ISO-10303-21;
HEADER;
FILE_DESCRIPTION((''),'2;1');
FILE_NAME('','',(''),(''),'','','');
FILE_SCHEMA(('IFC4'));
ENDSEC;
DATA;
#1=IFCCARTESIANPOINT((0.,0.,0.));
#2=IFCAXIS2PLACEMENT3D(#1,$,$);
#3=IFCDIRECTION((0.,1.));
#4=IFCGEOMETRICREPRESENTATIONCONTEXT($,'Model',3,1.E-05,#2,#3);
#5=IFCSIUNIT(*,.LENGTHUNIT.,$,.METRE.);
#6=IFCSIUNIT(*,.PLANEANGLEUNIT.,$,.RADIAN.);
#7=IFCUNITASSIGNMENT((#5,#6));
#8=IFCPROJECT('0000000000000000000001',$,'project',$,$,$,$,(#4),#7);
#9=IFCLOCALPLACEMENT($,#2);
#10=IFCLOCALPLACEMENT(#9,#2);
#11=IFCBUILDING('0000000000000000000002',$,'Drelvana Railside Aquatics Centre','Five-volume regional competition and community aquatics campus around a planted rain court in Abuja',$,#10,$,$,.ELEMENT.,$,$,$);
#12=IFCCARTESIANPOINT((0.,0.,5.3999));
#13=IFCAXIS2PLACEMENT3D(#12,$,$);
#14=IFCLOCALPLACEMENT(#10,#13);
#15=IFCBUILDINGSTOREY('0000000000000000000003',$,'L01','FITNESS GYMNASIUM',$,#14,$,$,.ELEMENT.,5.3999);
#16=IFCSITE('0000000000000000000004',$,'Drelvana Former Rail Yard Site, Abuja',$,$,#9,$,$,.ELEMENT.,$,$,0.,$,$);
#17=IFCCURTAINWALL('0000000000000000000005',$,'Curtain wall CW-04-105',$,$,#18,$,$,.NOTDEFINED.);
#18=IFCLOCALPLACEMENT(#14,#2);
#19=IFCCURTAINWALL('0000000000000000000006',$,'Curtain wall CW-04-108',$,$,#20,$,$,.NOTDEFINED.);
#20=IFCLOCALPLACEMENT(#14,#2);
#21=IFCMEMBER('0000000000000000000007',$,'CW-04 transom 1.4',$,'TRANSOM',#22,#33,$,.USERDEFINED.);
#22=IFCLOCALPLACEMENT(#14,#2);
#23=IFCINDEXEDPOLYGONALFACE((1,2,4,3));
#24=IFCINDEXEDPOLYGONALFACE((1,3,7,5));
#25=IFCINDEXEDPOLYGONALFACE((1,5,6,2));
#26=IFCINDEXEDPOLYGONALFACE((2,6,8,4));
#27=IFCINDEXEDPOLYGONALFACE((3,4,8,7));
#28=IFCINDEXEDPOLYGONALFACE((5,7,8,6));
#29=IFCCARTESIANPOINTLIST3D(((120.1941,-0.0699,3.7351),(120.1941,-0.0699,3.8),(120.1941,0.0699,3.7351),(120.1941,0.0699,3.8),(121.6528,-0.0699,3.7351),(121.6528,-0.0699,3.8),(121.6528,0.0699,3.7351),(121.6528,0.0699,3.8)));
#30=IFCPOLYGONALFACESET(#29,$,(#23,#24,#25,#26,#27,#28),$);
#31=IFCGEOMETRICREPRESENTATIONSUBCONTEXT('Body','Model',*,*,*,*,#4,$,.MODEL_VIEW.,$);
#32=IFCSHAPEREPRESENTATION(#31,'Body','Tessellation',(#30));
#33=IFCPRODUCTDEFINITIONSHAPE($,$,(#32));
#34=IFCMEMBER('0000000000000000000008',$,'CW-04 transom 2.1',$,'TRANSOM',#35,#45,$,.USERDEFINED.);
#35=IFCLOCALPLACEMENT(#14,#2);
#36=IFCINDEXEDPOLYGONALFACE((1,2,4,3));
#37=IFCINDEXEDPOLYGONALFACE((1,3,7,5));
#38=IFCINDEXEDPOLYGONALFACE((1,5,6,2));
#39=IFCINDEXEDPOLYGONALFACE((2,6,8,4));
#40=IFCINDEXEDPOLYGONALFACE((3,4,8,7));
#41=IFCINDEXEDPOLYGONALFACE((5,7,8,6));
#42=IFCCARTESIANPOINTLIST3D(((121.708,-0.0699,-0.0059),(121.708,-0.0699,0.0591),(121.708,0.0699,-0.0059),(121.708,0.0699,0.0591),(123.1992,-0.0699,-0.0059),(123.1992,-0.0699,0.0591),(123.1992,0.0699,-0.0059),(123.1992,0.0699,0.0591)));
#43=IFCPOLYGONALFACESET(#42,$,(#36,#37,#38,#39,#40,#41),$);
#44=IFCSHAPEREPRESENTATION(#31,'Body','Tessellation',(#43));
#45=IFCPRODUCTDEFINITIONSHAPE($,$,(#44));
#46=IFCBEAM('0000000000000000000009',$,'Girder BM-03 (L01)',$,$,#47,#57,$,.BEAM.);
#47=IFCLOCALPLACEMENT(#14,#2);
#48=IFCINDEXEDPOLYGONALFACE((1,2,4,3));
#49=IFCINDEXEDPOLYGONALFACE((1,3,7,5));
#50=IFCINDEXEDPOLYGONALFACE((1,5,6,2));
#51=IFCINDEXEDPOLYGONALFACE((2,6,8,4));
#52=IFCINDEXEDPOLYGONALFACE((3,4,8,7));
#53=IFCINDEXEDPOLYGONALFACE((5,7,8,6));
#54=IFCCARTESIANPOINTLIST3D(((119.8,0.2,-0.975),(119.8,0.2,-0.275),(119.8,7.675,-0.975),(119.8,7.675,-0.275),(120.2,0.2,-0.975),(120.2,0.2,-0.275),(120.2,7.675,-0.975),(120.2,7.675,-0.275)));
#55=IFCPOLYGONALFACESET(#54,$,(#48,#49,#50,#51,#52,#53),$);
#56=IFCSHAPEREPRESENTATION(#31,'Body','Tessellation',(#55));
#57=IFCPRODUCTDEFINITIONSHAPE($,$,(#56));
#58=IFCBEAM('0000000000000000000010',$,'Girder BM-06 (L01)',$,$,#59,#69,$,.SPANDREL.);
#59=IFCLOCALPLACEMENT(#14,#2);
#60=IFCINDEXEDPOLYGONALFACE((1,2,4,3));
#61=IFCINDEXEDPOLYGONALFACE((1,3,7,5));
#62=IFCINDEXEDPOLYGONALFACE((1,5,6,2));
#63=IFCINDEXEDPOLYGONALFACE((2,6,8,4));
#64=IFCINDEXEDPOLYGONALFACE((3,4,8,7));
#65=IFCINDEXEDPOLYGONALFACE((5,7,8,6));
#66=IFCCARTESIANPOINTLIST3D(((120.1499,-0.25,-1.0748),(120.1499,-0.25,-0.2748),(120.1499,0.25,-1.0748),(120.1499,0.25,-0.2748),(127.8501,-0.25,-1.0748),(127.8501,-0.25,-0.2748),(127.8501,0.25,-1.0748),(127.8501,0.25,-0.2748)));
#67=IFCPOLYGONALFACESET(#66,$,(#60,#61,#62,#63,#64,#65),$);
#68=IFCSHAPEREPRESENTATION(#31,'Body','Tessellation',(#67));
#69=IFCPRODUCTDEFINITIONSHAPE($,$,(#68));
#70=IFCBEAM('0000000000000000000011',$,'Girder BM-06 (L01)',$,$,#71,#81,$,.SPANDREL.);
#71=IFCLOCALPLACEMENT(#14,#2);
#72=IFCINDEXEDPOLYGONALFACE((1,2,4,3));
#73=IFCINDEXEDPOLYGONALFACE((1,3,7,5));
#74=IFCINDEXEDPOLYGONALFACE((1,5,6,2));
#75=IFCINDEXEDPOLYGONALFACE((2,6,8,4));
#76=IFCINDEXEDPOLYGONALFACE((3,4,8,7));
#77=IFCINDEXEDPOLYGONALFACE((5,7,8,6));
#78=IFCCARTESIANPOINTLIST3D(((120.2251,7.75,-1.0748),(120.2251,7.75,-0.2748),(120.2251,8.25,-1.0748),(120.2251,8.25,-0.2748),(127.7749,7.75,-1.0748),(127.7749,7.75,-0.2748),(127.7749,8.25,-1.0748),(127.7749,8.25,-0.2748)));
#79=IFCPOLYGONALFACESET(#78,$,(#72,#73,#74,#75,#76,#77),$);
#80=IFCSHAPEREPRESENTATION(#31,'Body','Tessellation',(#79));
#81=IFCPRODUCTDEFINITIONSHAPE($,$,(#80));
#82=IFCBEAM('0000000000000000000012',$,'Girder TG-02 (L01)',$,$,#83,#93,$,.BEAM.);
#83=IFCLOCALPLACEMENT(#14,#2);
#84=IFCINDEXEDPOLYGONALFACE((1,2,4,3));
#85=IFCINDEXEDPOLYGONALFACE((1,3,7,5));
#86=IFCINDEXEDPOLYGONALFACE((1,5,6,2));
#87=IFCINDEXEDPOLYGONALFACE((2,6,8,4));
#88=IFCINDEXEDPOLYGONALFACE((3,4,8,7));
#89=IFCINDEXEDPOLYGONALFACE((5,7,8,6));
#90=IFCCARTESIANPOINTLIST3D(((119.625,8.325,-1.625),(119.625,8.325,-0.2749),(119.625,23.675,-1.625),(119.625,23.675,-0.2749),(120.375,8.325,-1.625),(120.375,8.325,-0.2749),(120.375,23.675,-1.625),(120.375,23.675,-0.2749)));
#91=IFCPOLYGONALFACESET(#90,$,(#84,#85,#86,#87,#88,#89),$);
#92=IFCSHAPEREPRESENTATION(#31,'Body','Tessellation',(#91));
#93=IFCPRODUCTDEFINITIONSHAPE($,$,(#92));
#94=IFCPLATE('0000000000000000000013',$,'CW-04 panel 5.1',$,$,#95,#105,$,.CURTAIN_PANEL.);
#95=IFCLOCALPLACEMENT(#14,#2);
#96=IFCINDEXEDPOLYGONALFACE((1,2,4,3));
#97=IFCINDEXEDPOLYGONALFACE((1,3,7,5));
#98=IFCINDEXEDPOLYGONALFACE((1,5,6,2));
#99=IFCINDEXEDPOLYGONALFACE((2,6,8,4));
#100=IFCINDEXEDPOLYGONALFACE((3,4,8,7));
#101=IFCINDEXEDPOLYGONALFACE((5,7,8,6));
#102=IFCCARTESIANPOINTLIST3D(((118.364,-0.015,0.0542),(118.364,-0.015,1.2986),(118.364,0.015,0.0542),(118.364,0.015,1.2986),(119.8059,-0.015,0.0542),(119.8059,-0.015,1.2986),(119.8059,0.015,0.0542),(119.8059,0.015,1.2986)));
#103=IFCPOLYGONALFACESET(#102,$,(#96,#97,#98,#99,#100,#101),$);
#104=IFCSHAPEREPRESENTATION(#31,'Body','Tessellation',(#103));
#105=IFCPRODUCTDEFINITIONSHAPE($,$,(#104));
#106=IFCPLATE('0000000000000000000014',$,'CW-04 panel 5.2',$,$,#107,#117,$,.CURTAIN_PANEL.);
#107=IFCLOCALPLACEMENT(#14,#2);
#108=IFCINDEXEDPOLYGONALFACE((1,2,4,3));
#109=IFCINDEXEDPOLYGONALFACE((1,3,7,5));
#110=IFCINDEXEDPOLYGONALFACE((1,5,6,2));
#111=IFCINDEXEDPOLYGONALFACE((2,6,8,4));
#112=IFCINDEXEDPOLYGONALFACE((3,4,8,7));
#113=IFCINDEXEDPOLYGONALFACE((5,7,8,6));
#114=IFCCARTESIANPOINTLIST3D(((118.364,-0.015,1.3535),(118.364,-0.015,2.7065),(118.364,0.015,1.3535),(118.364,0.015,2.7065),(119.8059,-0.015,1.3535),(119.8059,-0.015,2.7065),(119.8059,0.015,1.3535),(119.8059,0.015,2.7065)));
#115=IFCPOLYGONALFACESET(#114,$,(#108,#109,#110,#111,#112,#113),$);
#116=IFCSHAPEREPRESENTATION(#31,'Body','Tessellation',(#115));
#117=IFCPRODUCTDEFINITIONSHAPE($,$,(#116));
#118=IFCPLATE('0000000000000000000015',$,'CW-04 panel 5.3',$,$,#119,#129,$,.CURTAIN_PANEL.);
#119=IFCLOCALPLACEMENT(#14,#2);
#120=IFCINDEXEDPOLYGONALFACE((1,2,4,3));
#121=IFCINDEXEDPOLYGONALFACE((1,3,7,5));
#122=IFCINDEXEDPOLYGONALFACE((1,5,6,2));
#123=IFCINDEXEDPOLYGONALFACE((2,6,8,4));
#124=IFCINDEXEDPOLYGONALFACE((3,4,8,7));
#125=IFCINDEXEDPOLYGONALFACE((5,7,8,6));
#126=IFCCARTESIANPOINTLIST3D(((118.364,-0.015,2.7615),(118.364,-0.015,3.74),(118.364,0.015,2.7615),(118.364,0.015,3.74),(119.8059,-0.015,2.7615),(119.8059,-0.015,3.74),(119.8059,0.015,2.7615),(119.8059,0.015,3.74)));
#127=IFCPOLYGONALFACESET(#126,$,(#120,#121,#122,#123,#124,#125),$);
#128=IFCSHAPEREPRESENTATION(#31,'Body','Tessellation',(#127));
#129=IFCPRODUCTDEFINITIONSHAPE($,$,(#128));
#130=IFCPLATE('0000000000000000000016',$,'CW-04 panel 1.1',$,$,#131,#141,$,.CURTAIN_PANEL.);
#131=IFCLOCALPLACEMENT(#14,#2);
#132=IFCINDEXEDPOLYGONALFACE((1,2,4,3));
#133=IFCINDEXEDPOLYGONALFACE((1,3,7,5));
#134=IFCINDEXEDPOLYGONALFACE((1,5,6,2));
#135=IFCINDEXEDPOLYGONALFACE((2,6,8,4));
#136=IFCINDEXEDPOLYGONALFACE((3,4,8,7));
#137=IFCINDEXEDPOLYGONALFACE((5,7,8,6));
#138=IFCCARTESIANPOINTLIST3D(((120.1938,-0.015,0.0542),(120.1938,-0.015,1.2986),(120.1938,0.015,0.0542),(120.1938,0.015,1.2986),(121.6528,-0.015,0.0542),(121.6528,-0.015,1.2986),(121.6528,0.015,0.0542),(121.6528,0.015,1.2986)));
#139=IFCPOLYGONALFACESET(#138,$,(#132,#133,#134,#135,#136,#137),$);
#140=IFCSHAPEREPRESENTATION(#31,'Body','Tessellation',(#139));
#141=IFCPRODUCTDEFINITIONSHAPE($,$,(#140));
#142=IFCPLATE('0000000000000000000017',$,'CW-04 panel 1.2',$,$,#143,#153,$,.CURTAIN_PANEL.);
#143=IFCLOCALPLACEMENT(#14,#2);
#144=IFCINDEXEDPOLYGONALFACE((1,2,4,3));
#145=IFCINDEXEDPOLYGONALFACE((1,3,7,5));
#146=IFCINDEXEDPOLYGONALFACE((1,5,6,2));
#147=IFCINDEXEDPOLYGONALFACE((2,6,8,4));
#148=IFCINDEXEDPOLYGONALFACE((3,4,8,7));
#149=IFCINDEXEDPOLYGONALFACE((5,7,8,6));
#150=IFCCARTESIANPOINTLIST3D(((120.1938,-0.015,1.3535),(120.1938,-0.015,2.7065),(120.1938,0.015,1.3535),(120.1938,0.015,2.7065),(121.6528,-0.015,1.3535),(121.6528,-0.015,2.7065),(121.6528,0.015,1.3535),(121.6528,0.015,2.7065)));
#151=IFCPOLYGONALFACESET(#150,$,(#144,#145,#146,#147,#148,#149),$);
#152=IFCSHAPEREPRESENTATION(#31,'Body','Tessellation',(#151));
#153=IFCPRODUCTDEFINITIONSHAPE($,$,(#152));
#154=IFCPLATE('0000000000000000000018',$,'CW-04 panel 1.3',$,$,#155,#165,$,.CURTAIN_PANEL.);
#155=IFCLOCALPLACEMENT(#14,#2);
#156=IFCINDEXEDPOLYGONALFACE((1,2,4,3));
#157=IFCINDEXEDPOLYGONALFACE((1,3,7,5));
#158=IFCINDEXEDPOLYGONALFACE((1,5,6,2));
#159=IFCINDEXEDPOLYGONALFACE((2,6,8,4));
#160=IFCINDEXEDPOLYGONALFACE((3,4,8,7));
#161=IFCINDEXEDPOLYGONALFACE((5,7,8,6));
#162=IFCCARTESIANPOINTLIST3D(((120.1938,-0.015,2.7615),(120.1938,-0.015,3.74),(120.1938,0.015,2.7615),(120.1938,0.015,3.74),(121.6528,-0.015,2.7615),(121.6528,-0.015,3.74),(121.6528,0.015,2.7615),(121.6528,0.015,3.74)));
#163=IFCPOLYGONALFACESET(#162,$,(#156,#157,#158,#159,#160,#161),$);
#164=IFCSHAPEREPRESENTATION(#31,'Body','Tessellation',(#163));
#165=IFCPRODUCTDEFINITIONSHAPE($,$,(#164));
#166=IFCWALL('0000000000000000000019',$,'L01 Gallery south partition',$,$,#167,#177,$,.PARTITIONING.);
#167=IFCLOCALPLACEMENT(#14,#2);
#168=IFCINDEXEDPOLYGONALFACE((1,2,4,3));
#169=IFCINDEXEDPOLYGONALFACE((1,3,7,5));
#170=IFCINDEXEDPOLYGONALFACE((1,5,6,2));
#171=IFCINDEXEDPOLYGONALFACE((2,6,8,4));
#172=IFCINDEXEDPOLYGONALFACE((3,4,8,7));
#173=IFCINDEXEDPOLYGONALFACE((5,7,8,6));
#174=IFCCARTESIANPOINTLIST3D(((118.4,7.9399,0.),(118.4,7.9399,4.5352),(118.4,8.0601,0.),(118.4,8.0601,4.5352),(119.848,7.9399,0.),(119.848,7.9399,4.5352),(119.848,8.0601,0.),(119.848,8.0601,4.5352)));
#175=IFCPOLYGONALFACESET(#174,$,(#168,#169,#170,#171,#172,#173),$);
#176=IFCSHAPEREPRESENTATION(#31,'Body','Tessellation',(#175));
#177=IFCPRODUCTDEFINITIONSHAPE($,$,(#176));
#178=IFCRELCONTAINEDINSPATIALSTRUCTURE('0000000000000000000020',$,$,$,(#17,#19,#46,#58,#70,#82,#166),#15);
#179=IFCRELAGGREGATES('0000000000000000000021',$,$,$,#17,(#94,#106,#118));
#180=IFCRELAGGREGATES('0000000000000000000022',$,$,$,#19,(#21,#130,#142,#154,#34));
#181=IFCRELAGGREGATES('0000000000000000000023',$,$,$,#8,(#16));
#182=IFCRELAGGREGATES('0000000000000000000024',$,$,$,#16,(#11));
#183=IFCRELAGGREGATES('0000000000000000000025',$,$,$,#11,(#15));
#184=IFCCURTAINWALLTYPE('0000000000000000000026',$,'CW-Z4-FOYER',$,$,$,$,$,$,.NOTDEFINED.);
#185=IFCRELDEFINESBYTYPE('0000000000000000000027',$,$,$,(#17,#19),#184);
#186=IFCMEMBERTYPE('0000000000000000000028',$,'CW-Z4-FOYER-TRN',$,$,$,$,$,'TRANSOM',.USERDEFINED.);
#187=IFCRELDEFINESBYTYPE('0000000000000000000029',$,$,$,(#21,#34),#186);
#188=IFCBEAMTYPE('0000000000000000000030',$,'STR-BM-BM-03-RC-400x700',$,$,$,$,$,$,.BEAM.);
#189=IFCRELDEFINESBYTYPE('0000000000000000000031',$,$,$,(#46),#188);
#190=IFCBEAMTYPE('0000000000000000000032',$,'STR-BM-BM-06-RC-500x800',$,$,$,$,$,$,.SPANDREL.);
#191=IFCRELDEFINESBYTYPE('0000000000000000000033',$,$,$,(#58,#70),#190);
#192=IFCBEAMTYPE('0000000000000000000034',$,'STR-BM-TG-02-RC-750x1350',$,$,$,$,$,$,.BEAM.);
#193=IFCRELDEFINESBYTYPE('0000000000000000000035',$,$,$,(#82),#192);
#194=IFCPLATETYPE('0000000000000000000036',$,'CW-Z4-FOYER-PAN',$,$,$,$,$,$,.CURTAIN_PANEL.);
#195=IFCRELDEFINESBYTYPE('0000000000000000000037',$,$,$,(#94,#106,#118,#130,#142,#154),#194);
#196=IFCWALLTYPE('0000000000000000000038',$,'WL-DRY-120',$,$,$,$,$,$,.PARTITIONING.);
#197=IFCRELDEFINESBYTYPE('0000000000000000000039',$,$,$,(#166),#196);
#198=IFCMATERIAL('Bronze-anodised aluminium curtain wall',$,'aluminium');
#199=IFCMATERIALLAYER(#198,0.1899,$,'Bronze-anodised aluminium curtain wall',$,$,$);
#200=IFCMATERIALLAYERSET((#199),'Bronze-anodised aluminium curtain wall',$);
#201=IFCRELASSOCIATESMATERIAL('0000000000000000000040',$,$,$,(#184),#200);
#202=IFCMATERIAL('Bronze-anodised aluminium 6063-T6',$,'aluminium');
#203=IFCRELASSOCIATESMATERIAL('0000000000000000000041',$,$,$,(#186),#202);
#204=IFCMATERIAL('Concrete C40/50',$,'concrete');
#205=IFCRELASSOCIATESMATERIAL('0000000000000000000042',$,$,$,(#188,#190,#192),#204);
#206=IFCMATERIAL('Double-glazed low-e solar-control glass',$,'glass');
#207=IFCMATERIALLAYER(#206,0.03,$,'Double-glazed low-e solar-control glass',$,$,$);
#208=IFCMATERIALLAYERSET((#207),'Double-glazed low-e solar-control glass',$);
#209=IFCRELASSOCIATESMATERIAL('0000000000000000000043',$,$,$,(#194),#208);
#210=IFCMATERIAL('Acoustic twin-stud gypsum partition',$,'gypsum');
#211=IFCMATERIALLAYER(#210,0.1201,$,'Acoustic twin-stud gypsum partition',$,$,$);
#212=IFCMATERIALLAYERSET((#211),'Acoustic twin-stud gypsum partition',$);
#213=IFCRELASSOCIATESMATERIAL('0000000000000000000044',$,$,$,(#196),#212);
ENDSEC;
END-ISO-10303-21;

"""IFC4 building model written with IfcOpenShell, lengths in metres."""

from ifc_helpers import new_model, si_unit, direction, frame, frame_2d, origin, origin_2d, place, context, subcontext, project, spatial, rectangle, extrude, material, layer, layer_set, material_profile, profile_set, type_object, element, aggregate, save


model = new_model("IFC4")

# Units and contexts
model_context = context("Model", 3, precision=1e-05, world=origin(), true_north=direction((0.0, 1.0)))
body_context = subcontext(model_context, "Body", "Model", "MODEL_VIEW")
ifc_project = project(units=[si_unit("LENGTHUNIT", "METRE"), si_unit("PLANEANGLEUNIT", "RADIAN")], contexts=[model_context])

# Site, building, storey
site_placement = place(None, origin())
site = spatial("IfcSite", under=ifc_project, at=site_placement, Name="Drelvana Former Rail Yard Site, Abuja", CompositionType="ELEMENT", RefElevation=0.0)
building_placement = place(site_placement, origin())
building = spatial("IfcBuilding", under=site, at=building_placement, Name="Drelvana Railside Aquatics Centre", Description="Five-volume regional competition and community aquatics campus around a planted rain court in Abuja", CompositionType="ELEMENT")
storey_placement = place(building_placement, frame((0.0, 0.0, 5.3999)))
storey = spatial("IfcBuildingStorey", under=building, at=storey_placement, Name="L01", Description="FITNESS GYMNASIUM", CompositionType="ELEMENT", Elevation=5.3999)

# Curtain walls
ifc_material_1 = material(Name="Bronze-anodised aluminium curtain wall", Category="aluminium")
ifc_layer_1 = layer(ifc_material_1, 0.1899, Name="Bronze-anodised aluminium curtain wall")
ifc_layer_set_1 = layer_set([ifc_layer_1], Name="Bronze-anodised aluminium curtain wall")
curtain_wall_type = type_object("IfcCurtainWallType", Name="CW-Z4-FOYER", PredefinedType="NOTDEFINED", material=ifc_layer_set_1)
curtain_wall_1_placement = place(storey_placement, origin())
curtain_wall_1 = element("IfcCurtainWall", 1, at=curtain_wall_1_placement, inside=storey, type_object=curtain_wall_type, Name="Curtain wall CW-04-105", PredefinedType="NOTDEFINED")
ifc_material_2 = material(Name="Bronze-anodised aluminium 6063-T6", Category="aluminium")
curtain_wall_2_placement = place(storey_placement, origin())
curtain_wall_2 = element("IfcCurtainWall", 2, at=curtain_wall_2_placement, inside=storey, type_object=curtain_wall_type, Name="Curtain wall CW-04-108", PredefinedType="NOTDEFINED")

# Members
ifc_material_profile_1 = material_profile(ifc_material_2, rectangle(XDim=0.1399, YDim=0.0649, at=origin_2d()), Name="ALU-T 65x140")
ifc_profile_set_1 = profile_set([ifc_material_profile_1], Name="Bronze-anodised aluminium 6063-T6")
member_type_1 = type_object("IfcMemberType", Name="CW-Z4-FOYER-TRN", ElementType="TRANSOM", PredefinedType="USERDEFINED", material=ifc_profile_set_1)
member_1_placement = place(storey_placement, frame((120.1941, 0.0, 3.7676), z_axis=(1.0, 0.0, 0.0), x_axis=(0.0, 1.0, 0.0)))
member_1 = element("IfcMember", 3, at=member_1_placement, type_object=member_type_1, Name="CW-04 transom 1.4", ObjectType="TRANSOM", PredefinedType="USERDEFINED", context=body_context, shape_type="SweptSolid", body=[
    extrude(rectangle(XDim=0.1399, YDim=0.0649, at=origin_2d()), origin(), (0.0, 0.0, 1.0), 1.4587),
])
member_2_placement = place(storey_placement, frame((121.708, 0.0, 0.0266), z_axis=(1.0, 0.0, 0.0), x_axis=(0.0, 1.0, 0.0)))
member_2 = element("IfcMember", 4, at=member_2_placement, type_object=member_type_1, Name="CW-04 transom 2.1", ObjectType="TRANSOM", PredefinedType="USERDEFINED", context=body_context, shape_type="SweptSolid", body=[
    extrude(rectangle(XDim=0.1399, YDim=0.0649, at=origin_2d()), origin(), (0.0, 0.0, 1.0), 1.4912),
])

# Beams
ifc_material_3 = material(Name="Concrete C40/50", Category="concrete")
ifc_material_profile_2 = material_profile(ifc_material_3, rectangle(XDim=0.3999, YDim=0.7, at=origin_2d()), Name="RC 400x700")
ifc_profile_set_2 = profile_set([ifc_material_profile_2], Name="Concrete C40/50")
beam_type_1 = type_object("IfcBeamType", Name="STR-BM-BM-03-RC-400x700", PredefinedType="BEAM", material=ifc_profile_set_2)
beam_1_placement = place(storey_placement, frame((120.0, 0.2, -0.625), z_axis=(0.0, 1.0, 0.0), x_axis=(-1.0, 0.0, 0.0)))
element("IfcBeam", 5, at=beam_1_placement, inside=storey, type_object=beam_type_1, Name="Girder BM-03 (L01)", PredefinedType="BEAM", context=body_context, shape_type="SweptSolid", body=[
    extrude(rectangle(XDim=0.3999, YDim=0.7, at=origin_2d()), origin(), (0.0, 0.0, 1.0), 7.4751),
])
ifc_material_profile_3 = material_profile(ifc_material_3, rectangle(XDim=0.5, YDim=0.8, at=origin_2d()), Name="RC 500x800")
ifc_profile_set_3 = profile_set([ifc_material_profile_3], Name="Concrete C40/50")
beam_type_2 = type_object("IfcBeamType", Name="STR-BM-BM-06-RC-500x800", PredefinedType="SPANDREL", material=ifc_profile_set_3)
beam_2_placement = place(storey_placement, frame((120.1499, 0.0, -0.6748), z_axis=(1.0, 0.0, 0.0), x_axis=(0.0, 1.0, 0.0)))
element("IfcBeam", 6, at=beam_2_placement, inside=storey, type_object=beam_type_2, Name="Girder BM-06 (L01)", PredefinedType="SPANDREL", context=body_context, shape_type="SweptSolid", body=[
    extrude(rectangle(XDim=0.5, YDim=0.8, at=origin_2d()), origin(), (0.0, 0.0, 1.0), 7.7002),
])
beam_3_placement = place(storey_placement, frame((120.2251, 8.0, -0.6748), z_axis=(1.0, 0.0, 0.0), x_axis=(0.0, 1.0, 0.0)))
element("IfcBeam", 7, at=beam_3_placement, inside=storey, type_object=beam_type_2, Name="Girder BM-06 (L01)", PredefinedType="SPANDREL", context=body_context, shape_type="SweptSolid", body=[
    extrude(rectangle(XDim=0.5, YDim=0.8, at=origin_2d()), origin(), (0.0, 0.0, 1.0), 7.5498),
])
ifc_material_profile_4 = material_profile(ifc_material_3, rectangle(XDim=0.75, YDim=1.3501, at=origin_2d()), Name="RC 750x1350")
ifc_profile_set_4 = profile_set([ifc_material_profile_4], Name="Concrete C40/50")
beam_type_3 = type_object("IfcBeamType", Name="STR-BM-TG-02-RC-750x1350", PredefinedType="BEAM", material=ifc_profile_set_4)
beam_4_placement = place(storey_placement, frame((120.0, 8.325, -0.95), z_axis=(0.0, 1.0, 0.0), x_axis=(-1.0, 0.0, 0.0)))
element("IfcBeam", 8, at=beam_4_placement, inside=storey, type_object=beam_type_3, Name="Girder TG-02 (L01)", PredefinedType="BEAM", context=body_context, shape_type="SweptSolid", body=[
    extrude(rectangle(XDim=0.75, YDim=1.3501, at=origin_2d()), origin(), (0.0, 0.0, 1.0), 15.3501),
])

# Plates
ifc_material_4 = material(Name="Double-glazed low-e solar-control glass", Category="glass")
ifc_layer_2 = layer(ifc_material_4, 0.03, Name="Double-glazed low-e solar-control glass")
ifc_layer_set_2 = layer_set([ifc_layer_2], Name="Double-glazed low-e solar-control glass")
plate_type = type_object("IfcPlateType", Name="CW-Z4-FOYER-PAN", PredefinedType="CURTAIN_PANEL", material=ifc_layer_set_2)
plate_1_placement = place(storey_placement, frame((119.085, 0.0, 0.0542), z_axis=(0.0, 0.0, 1.0), x_axis=(1.0, 0.0, 0.0)))
plate_1 = element("IfcPlate", 9, at=plate_1_placement, type_object=plate_type, Name="CW-04 panel 5.1", PredefinedType="CURTAIN_PANEL", context=body_context, shape_type="SweptSolid", body=[
    extrude(rectangle(XDim=1.4419, YDim=0.03, at=origin_2d()), origin(), (0.0, 0.0, 1.0), 1.2444),
])
plate_2_placement = place(storey_placement, frame((119.085, 0.0, 1.3535), z_axis=(0.0, 0.0, 1.0), x_axis=(1.0, 0.0, 0.0)))
plate_2 = element("IfcPlate", 10, at=plate_2_placement, type_object=plate_type, Name="CW-04 panel 5.2", PredefinedType="CURTAIN_PANEL", context=body_context, shape_type="SweptSolid", body=[
    extrude(rectangle(XDim=1.4419, YDim=0.03, at=origin_2d()), origin(), (0.0, 0.0, 1.0), 1.353),
])
plate_3_placement = place(storey_placement, frame((119.085, 0.0, 2.7615), z_axis=(0.0, 0.0, 1.0), x_axis=(1.0, 0.0, 0.0)))
plate_3 = element("IfcPlate", 11, at=plate_3_placement, type_object=plate_type, Name="CW-04 panel 5.3", PredefinedType="CURTAIN_PANEL", context=body_context, shape_type="SweptSolid", body=[
    extrude(rectangle(XDim=1.4419, YDim=0.03, at=origin_2d()), origin(), (0.0, 0.0, 1.0), 0.9785),
])
aggregate(curtain_wall_1, [plate_1, plate_2, plate_3])
plate_4_placement = place(storey_placement, frame((120.9233, 0.0, 0.0542), z_axis=(0.0, 0.0, 1.0), x_axis=(1.0, 0.0, 0.0)))
plate_4 = element("IfcPlate", 12, at=plate_4_placement, type_object=plate_type, Name="CW-04 panel 1.1", PredefinedType="CURTAIN_PANEL", context=body_context, shape_type="SweptSolid", body=[
    extrude(rectangle(XDim=1.459, YDim=0.03, at=origin_2d()), origin(), (0.0, 0.0, 1.0), 1.2444),
])
plate_5_placement = place(storey_placement, frame((120.9233, 0.0, 1.3535), z_axis=(0.0, 0.0, 1.0), x_axis=(1.0, 0.0, 0.0)))
plate_5 = element("IfcPlate", 13, at=plate_5_placement, type_object=plate_type, Name="CW-04 panel 1.2", PredefinedType="CURTAIN_PANEL", context=body_context, shape_type="SweptSolid", body=[
    extrude(rectangle(XDim=1.459, YDim=0.03, at=origin_2d()), origin(), (0.0, 0.0, 1.0), 1.353),
])
plate_6_placement = place(storey_placement, frame((120.9233, 0.0, 2.7615), z_axis=(0.0, 0.0, 1.0), x_axis=(1.0, 0.0, 0.0)))
plate_6 = element("IfcPlate", 14, at=plate_6_placement, type_object=plate_type, Name="CW-04 panel 1.3", PredefinedType="CURTAIN_PANEL", context=body_context, shape_type="SweptSolid", body=[
    extrude(rectangle(XDim=1.459, YDim=0.03, at=origin_2d()), origin(), (0.0, 0.0, 1.0), 0.9785),
])
aggregate(curtain_wall_2, [member_1, plate_4, plate_5, plate_6, member_2])

# Wall
ifc_material_5 = material(Name="Acoustic twin-stud gypsum partition", Category="gypsum")
ifc_layer_3 = layer(ifc_material_5, 0.1201, Name="Acoustic twin-stud gypsum partition")
ifc_layer_set_3 = layer_set([ifc_layer_3], Name="Acoustic twin-stud gypsum partition")
wall_type = type_object("IfcWallType", Name="WL-DRY-120", PredefinedType="PARTITIONING", material=ifc_layer_set_3)
wall_1_placement = place(storey_placement, frame((118.3999, 8.0, 0.0), z_axis=(0.0, 0.0, 1.0), x_axis=(1.0, 0.0, 0.0)))
element("IfcWall", 15, at=wall_1_placement, inside=storey, type_object=wall_type, Name="L01 Gallery south partition", PredefinedType="PARTITIONING", context=body_context, shape_type="SweptSolid", body=[
    extrude(rectangle(XDim=1.448, YDim=0.1201, at=frame_2d((0.7241, 0.0))), origin(), (0.0, 0.0, 1.0), 4.5352),
])

save(model, "model.ifc")
